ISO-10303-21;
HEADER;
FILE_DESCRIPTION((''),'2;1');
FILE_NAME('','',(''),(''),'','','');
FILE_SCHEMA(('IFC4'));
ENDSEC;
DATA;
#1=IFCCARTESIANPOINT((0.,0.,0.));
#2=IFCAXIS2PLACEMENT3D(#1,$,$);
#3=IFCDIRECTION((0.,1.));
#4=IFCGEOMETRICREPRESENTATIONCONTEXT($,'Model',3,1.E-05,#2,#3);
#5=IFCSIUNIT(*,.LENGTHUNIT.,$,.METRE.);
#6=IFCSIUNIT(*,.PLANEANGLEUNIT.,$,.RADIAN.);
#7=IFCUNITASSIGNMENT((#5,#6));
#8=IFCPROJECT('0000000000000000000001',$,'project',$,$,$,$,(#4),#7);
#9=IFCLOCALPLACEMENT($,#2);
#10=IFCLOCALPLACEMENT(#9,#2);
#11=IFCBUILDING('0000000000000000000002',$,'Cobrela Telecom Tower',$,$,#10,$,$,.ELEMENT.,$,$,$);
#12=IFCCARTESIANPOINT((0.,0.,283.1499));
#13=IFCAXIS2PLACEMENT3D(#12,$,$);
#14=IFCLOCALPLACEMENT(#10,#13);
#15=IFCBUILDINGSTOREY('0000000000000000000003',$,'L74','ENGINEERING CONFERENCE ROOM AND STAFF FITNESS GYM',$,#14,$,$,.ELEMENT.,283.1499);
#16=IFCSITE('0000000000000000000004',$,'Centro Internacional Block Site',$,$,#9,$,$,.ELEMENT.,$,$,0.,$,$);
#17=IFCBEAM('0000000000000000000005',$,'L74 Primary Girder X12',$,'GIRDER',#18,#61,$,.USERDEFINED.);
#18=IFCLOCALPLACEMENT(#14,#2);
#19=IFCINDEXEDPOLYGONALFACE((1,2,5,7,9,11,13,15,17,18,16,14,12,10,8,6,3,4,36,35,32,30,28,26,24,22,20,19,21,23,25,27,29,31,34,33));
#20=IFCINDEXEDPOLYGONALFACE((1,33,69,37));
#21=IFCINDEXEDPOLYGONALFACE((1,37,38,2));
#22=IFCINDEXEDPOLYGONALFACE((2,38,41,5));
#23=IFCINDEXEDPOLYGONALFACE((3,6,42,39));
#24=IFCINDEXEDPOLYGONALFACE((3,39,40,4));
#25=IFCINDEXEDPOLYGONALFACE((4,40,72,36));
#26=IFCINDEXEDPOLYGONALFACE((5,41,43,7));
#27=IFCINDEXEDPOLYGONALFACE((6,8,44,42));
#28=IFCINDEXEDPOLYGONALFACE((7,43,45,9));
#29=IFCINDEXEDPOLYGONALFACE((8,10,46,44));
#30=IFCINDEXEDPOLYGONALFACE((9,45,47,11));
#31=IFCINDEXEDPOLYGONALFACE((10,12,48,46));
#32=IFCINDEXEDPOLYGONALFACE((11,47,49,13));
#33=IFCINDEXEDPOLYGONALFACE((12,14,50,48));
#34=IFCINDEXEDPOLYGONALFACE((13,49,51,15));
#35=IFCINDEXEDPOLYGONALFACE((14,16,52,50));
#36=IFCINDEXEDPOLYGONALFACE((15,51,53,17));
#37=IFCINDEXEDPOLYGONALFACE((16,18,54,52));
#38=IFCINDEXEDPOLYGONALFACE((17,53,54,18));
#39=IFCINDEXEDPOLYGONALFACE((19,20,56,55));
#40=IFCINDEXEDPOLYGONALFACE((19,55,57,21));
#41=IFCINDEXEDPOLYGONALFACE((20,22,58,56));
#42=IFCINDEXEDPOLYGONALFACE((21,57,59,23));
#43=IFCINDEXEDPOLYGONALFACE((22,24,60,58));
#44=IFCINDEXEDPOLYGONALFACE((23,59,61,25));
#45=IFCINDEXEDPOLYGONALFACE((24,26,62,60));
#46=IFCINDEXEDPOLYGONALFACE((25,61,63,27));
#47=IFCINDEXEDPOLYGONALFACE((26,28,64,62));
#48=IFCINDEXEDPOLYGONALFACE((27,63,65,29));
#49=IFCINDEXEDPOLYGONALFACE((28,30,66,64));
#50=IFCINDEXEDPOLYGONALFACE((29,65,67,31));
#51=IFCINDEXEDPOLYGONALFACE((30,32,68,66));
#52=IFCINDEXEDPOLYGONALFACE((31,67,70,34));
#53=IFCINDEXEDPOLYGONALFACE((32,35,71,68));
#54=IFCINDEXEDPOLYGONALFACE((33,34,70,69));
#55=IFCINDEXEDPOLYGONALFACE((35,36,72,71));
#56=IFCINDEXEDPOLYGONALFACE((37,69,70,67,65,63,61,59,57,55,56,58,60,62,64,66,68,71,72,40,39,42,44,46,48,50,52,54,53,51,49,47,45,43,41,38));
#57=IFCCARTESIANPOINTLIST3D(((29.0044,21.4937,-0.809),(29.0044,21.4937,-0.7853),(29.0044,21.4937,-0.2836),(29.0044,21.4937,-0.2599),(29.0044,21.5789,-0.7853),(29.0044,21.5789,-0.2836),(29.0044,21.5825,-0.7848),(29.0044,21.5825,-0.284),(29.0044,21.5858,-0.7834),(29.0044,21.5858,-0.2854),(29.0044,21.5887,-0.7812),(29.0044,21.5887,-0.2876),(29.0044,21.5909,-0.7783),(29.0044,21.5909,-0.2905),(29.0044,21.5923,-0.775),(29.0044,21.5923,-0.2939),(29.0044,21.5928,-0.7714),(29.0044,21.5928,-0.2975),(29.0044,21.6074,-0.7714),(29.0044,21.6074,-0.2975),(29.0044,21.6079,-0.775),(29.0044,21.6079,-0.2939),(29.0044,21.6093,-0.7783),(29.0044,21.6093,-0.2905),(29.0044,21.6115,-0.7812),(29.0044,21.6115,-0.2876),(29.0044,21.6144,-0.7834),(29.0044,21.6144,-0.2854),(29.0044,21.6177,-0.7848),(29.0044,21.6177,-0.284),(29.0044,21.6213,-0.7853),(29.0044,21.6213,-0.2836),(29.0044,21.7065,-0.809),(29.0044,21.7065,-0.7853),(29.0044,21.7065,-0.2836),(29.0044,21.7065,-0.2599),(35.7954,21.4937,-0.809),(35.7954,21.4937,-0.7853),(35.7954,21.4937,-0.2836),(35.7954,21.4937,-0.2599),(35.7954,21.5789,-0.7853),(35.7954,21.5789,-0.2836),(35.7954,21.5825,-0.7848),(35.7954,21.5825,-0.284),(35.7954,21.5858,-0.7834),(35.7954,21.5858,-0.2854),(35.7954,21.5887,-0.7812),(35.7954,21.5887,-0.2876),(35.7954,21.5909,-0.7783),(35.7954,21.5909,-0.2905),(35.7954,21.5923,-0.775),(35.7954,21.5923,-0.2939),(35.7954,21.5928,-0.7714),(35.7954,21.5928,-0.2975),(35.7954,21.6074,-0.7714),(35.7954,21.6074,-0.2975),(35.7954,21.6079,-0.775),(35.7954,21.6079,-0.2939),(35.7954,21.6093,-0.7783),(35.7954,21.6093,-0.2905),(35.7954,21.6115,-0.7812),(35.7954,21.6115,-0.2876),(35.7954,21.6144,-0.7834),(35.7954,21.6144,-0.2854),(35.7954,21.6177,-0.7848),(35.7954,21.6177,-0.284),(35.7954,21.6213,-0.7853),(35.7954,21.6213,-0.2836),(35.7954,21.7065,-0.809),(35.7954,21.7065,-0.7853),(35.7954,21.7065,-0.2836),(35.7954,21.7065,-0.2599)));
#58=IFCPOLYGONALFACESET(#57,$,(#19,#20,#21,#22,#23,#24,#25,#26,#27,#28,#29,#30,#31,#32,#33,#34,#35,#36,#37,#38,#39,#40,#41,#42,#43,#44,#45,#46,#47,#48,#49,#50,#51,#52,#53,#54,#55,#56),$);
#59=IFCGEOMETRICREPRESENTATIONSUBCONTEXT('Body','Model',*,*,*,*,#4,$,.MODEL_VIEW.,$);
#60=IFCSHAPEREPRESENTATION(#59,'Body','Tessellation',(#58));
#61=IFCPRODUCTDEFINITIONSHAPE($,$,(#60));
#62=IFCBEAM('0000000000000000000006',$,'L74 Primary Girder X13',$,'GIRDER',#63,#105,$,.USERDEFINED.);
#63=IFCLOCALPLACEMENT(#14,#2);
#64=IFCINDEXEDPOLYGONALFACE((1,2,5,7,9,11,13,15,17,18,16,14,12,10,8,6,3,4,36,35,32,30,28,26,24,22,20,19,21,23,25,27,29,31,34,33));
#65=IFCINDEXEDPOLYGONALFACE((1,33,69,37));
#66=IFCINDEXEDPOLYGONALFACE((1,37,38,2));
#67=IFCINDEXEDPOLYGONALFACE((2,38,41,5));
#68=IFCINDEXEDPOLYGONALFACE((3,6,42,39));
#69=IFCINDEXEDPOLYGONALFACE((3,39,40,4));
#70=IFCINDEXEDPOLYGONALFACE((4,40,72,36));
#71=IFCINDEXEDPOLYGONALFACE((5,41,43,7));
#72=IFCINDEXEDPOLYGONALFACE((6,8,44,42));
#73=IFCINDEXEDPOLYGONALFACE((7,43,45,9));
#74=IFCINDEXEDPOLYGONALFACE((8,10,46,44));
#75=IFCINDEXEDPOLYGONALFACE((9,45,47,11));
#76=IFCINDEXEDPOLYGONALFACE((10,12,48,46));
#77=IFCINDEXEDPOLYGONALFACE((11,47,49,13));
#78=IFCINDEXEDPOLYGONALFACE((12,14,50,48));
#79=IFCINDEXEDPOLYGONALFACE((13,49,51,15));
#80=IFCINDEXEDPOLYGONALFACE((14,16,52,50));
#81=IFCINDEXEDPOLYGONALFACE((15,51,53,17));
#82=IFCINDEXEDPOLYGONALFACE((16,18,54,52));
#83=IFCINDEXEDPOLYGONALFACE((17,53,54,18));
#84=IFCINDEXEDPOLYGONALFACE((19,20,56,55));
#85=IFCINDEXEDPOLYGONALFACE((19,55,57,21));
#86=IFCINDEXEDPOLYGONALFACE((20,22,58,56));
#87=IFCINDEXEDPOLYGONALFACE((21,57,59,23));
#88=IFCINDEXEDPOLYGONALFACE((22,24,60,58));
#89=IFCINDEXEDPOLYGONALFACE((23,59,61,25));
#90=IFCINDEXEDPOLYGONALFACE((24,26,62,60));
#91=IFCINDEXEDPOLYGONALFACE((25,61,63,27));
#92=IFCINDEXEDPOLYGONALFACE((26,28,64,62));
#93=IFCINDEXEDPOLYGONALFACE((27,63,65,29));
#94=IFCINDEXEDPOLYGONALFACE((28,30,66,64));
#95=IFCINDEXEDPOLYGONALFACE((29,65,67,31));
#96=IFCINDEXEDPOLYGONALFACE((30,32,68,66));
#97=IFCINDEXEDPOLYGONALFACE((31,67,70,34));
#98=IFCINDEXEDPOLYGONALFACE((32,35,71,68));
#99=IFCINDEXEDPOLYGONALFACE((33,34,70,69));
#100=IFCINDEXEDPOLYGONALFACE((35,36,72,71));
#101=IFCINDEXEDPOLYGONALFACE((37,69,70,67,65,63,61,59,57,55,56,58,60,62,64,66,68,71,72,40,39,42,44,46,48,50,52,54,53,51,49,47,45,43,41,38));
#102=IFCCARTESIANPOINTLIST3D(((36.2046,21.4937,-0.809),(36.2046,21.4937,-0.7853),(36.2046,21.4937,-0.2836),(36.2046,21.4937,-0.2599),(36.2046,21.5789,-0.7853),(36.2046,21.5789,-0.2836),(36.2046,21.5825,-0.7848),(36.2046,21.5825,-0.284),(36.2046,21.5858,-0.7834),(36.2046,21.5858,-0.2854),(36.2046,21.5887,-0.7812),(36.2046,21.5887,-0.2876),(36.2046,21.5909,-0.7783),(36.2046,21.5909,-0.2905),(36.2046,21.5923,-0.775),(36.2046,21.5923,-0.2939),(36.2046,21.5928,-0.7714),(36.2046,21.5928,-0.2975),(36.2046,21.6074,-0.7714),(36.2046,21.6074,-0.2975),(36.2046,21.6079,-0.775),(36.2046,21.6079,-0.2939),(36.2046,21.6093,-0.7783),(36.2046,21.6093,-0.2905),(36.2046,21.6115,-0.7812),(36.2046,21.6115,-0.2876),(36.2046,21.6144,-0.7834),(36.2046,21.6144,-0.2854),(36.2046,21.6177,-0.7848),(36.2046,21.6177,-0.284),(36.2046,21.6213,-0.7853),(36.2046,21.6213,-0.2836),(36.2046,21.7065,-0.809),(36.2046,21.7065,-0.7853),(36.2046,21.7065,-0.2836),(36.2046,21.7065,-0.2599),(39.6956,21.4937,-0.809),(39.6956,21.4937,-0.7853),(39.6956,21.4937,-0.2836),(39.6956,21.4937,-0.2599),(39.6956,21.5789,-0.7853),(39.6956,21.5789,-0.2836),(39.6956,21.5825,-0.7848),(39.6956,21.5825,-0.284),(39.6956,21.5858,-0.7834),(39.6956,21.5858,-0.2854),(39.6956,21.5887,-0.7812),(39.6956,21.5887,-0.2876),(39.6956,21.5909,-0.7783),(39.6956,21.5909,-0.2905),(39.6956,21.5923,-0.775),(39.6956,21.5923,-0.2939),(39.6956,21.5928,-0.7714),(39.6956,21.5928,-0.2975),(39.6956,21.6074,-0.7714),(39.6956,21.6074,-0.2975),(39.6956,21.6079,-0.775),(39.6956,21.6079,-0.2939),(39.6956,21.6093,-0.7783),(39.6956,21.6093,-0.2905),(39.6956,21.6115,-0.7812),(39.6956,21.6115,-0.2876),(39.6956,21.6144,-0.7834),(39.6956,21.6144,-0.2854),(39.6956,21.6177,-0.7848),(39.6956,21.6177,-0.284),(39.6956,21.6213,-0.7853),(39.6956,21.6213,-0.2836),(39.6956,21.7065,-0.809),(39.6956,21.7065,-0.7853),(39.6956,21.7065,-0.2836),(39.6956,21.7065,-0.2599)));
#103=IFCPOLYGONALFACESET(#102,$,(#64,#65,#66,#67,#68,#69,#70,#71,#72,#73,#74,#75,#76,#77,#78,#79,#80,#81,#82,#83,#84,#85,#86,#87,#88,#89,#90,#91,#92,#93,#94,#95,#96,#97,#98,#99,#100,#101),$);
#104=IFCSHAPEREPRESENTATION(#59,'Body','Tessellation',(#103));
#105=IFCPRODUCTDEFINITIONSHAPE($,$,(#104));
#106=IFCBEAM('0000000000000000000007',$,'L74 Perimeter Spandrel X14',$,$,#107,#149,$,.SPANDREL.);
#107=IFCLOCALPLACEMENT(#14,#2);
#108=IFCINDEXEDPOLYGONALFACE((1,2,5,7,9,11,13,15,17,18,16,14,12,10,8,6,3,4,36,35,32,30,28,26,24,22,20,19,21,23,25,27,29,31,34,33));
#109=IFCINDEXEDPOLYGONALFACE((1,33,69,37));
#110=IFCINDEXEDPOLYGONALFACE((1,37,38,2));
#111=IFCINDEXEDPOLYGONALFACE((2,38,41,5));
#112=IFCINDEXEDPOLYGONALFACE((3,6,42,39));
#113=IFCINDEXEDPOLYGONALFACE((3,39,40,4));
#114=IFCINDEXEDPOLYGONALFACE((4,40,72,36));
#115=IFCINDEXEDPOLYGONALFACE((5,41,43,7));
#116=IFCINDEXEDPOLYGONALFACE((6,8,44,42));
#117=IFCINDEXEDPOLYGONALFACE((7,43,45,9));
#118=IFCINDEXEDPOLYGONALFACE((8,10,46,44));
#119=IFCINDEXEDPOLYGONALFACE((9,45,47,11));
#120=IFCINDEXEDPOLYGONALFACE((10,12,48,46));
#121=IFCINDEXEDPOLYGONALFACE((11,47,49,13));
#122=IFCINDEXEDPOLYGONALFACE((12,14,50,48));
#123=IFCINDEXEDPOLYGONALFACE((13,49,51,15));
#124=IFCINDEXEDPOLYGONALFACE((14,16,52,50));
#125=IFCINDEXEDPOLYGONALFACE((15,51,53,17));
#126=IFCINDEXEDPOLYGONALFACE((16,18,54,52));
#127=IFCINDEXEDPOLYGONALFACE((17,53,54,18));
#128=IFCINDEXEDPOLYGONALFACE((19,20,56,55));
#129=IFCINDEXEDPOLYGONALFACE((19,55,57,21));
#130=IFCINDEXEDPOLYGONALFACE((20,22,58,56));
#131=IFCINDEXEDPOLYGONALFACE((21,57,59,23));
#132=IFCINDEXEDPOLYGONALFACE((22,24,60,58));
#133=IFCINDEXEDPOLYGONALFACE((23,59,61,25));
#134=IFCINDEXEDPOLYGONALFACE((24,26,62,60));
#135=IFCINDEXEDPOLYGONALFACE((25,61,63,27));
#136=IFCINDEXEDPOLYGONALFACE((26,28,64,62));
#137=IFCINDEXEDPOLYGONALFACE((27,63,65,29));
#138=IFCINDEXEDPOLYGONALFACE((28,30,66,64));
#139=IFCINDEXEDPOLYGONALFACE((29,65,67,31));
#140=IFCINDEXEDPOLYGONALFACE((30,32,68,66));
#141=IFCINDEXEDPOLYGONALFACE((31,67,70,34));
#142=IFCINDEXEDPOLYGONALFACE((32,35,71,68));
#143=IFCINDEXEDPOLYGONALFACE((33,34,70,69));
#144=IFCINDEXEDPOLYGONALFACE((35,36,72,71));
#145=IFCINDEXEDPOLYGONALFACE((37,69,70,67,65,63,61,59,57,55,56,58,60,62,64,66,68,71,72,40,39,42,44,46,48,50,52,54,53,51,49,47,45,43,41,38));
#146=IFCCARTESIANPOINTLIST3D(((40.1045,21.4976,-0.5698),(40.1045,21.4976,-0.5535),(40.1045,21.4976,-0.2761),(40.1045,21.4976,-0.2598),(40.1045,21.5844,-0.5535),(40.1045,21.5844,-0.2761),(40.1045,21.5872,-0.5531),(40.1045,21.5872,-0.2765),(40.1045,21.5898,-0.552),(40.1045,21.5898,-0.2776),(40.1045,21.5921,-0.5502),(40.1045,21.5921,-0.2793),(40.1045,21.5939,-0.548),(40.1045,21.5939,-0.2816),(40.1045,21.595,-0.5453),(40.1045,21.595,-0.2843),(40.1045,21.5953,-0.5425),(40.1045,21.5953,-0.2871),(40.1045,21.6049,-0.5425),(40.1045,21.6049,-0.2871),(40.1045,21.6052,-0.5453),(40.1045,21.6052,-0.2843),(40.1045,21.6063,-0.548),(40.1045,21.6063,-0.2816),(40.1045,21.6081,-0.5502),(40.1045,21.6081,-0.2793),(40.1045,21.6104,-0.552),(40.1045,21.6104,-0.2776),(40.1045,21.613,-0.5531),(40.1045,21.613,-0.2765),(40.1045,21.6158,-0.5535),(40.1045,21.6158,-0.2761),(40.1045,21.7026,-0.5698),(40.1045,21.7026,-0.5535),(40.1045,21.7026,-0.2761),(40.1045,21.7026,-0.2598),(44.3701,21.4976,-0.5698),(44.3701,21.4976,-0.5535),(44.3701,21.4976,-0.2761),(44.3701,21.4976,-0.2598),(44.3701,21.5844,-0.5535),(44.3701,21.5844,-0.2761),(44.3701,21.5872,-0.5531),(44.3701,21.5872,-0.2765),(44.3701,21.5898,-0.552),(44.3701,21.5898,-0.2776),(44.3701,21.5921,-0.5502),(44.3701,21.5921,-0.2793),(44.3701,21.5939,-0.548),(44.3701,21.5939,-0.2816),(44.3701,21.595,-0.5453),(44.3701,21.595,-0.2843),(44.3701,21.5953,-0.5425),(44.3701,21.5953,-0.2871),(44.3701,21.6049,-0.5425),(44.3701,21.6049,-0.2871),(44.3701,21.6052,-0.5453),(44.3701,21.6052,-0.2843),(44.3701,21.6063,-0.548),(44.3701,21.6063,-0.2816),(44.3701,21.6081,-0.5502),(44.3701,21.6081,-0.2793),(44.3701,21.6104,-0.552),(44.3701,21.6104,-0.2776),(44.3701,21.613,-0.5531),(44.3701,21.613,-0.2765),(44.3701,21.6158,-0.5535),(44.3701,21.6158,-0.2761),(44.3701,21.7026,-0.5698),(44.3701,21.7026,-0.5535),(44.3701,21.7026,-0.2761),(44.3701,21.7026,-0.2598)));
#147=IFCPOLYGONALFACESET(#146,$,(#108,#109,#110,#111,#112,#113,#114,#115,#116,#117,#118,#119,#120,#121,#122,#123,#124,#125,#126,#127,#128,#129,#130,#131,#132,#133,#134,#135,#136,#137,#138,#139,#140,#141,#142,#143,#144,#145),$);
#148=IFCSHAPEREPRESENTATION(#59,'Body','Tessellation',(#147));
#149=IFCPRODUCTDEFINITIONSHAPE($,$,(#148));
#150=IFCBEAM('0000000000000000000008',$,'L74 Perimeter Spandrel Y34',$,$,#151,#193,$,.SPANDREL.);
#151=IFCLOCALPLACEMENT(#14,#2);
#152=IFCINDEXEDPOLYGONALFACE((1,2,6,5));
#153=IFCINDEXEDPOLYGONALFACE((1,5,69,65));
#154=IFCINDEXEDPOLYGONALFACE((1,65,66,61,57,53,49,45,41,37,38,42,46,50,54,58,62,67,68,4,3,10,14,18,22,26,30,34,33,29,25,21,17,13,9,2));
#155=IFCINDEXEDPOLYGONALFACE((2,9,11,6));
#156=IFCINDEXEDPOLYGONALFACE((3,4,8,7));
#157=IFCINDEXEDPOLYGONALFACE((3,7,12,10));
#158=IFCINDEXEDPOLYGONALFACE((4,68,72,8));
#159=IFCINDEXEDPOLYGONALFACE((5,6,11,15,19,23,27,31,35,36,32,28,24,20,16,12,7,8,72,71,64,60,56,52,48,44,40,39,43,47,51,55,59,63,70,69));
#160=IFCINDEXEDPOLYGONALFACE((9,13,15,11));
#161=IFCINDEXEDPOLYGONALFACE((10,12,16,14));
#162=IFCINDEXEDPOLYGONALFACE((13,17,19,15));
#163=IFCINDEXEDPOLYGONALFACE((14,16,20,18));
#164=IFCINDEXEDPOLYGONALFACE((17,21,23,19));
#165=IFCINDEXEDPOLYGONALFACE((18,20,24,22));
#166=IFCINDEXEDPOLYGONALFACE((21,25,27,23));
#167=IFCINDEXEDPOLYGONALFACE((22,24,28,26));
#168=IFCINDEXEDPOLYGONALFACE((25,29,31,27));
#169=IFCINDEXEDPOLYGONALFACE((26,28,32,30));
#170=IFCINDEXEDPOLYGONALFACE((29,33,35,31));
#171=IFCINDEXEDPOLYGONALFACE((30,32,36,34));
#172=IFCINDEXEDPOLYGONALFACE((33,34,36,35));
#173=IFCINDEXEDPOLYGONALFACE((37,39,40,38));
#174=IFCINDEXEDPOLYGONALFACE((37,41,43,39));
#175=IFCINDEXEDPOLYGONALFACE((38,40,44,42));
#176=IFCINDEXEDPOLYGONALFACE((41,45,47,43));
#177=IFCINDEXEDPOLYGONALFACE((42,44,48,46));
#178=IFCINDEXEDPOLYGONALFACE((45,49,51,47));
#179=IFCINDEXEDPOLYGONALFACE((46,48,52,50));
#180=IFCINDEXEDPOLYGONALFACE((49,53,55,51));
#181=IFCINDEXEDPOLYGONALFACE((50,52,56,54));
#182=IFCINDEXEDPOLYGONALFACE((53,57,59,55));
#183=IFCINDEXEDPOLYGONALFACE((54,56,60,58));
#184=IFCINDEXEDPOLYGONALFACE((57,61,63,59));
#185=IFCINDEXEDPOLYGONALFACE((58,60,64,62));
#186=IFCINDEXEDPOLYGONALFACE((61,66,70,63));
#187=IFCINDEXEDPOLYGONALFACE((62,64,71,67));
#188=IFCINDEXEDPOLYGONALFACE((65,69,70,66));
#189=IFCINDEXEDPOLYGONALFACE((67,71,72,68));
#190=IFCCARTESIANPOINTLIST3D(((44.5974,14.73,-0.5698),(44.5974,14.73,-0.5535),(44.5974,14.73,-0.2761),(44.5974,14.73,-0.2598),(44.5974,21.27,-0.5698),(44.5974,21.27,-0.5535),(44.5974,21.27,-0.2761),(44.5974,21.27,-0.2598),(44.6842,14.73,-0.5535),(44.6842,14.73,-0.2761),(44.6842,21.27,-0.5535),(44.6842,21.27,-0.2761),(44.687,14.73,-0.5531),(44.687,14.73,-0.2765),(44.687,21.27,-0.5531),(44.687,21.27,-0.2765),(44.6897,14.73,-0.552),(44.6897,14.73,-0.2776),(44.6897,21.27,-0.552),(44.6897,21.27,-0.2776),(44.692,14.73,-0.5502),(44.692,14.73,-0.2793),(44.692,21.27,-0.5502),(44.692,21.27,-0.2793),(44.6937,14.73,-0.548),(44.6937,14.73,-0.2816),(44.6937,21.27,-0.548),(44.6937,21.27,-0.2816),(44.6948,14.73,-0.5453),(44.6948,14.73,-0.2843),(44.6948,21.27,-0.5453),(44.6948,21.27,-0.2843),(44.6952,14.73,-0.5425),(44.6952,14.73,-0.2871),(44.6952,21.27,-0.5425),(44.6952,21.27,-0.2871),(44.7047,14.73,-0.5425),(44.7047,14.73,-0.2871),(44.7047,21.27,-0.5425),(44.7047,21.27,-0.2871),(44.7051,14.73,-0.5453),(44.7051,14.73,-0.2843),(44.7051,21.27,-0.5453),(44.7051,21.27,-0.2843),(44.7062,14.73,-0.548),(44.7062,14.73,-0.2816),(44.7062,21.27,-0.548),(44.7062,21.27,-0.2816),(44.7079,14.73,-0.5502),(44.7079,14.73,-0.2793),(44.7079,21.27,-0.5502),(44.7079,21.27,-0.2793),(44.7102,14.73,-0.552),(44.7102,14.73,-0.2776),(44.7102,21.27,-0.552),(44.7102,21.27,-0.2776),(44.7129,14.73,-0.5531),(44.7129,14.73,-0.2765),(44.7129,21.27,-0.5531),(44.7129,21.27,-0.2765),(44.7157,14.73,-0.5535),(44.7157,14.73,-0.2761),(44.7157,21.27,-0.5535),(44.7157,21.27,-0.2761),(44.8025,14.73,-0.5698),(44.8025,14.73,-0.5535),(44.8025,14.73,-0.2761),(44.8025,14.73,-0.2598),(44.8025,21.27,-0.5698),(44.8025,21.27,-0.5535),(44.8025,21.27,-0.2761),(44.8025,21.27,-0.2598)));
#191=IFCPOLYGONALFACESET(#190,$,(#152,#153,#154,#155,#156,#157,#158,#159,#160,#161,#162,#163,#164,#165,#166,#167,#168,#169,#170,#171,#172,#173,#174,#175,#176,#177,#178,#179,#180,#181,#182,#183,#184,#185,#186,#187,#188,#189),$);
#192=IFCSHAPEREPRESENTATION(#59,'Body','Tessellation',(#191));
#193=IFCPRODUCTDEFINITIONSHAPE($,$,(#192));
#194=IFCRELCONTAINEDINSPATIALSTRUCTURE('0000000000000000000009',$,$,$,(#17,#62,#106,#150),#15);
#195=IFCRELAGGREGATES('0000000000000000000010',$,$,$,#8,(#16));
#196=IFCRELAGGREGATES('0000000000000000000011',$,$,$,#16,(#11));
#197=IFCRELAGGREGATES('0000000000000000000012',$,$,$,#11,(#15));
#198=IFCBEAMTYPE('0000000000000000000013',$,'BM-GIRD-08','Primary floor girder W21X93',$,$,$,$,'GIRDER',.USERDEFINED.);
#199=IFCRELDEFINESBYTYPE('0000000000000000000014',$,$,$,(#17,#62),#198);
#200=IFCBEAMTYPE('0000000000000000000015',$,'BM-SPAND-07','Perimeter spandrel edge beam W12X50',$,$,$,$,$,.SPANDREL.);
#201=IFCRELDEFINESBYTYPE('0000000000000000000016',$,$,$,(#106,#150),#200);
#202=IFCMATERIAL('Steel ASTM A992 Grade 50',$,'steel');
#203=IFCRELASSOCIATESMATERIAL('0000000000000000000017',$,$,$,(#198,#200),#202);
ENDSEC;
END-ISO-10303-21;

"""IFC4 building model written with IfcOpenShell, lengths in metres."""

from ifc_helpers import new_model, si_unit, direction, frame, origin, origin_2d, place, context, subcontext, project, spatial, i_section, extrude, material, material_profile, profile_set, type_object, element, save


model = new_model("IFC4")

# Units and contexts
model_context = context("Model", 3, precision=1e-05, world=origin(), true_north=direction((0.0, 1.0)))
body_context = subcontext(model_context, "Body", "Model", "MODEL_VIEW")
ifc_project = project(units=[si_unit("LENGTHUNIT", "METRE"), si_unit("PLANEANGLEUNIT", "RADIAN")], contexts=[model_context])

# Site, building, storey
site_placement = place(None, origin())
site = spatial("IfcSite", under=ifc_project, at=site_placement, Name="Centro Internacional Block Site", CompositionType="ELEMENT", RefElevation=0.0)
building_placement = place(site_placement, origin())
building = spatial("IfcBuilding", under=site, at=building_placement, Name="Cobrela Telecom Tower", CompositionType="ELEMENT")
storey_placement = place(building_placement, frame((0.0, 0.0, 283.1499)))
storey = spatial("IfcBuildingStorey", under=building, at=storey_placement, Name="L74", Description="ENGINEERING CONFERENCE ROOM AND STAFF FITNESS GYM", CompositionType="ELEMENT", Elevation=283.1499)

# Shared definitions
ifc_material_1 = material(Name="Steel ASTM A992 Grade 50", Category="steel")

# Beams
ifc_material_profile_1 = material_profile(ifc_material_1, i_section(OverallWidth=0.2129, OverallDepth=0.5491, WebThickness=0.0146, FlangeThickness=0.0237, FilletRadius=0.0139, at=origin_2d()), Name="W21X93")
ifc_profile_set_1 = profile_set([ifc_material_profile_1], Name="Steel ASTM A992 Grade 50")
beam_type_1 = type_object("IfcBeamType", Name="BM-GIRD-08", Description="Primary floor girder W21X93", ElementType="GIRDER", PredefinedType="USERDEFINED", material=ifc_profile_set_1)
beam_1_placement = place(storey_placement, frame((29.0044, 21.6001, -0.5344), z_axis=(1.0, 0.0, 0.0), x_axis=(0.0, 1.0, 0.0)))
element("IfcBeam", 1, at=beam_1_placement, inside=storey, type_object=beam_type_1, Name="L74 Primary Girder X12", ObjectType="GIRDER", PredefinedType="USERDEFINED", context=body_context, shape_type="SweptSolid", body=[
    extrude(i_section(OverallWidth=0.2129, OverallDepth=0.5491, WebThickness=0.0146, FlangeThickness=0.0237, FilletRadius=0.0139, at=origin_2d()), origin(), (0.0, 0.0, 1.0), 6.791),
])
beam_2_placement = place(storey_placement, frame((36.2046, 21.6001, -0.5344), z_axis=(1.0, 0.0, 0.0), x_axis=(0.0, 1.0, 0.0)))
element("IfcBeam", 2, at=beam_2_placement, inside=storey, type_object=beam_type_1, Name="L74 Primary Girder X13", ObjectType="GIRDER", PredefinedType="USERDEFINED", context=body_context, shape_type="SweptSolid", body=[
    extrude(i_section(OverallWidth=0.2129, OverallDepth=0.5491, WebThickness=0.0146, FlangeThickness=0.0237, FilletRadius=0.0139, at=origin_2d()), origin(), (0.0, 0.0, 1.0), 3.491),
])
ifc_material_profile_2 = material_profile(ifc_material_1, i_section(OverallWidth=0.2051, OverallDepth=0.3101, WebThickness=0.0095, FlangeThickness=0.0164, FilletRadius=0.011, at=origin_2d()), Name="W12X50")
ifc_profile_set_2 = profile_set([ifc_material_profile_2], Name="Steel ASTM A992 Grade 50")
beam_type_2 = type_object("IfcBeamType", Name="BM-SPAND-07", Description="Perimeter spandrel edge beam W12X50", PredefinedType="SPANDREL", material=ifc_profile_set_2)
beam_3_placement = place(storey_placement, frame((40.1045, 21.6001, -0.4148), z_axis=(1.0, 0.0, 0.0), x_axis=(0.0, 1.0, 0.0)))
element("IfcBeam", 3, at=beam_3_placement, inside=storey, type_object=beam_type_2, Name="L74 Perimeter Spandrel X14", PredefinedType="SPANDREL", context=body_context, shape_type="SweptSolid", body=[
    extrude(i_section(OverallWidth=0.2051, OverallDepth=0.3101, WebThickness=0.0095, FlangeThickness=0.0164, FilletRadius=0.011, at=origin_2d()), origin(), (0.0, 0.0, 1.0), 4.2656),
])
beam_4_placement = place(storey_placement, frame((44.7, 14.73, -0.4148), z_axis=(0.0, 1.0, 0.0), x_axis=(-1.0, 0.0, 0.0)))
element("IfcBeam", 4, at=beam_4_placement, inside=storey, type_object=beam_type_2, Name="L74 Perimeter Spandrel Y34", PredefinedType="SPANDREL", context=body_context, shape_type="SweptSolid", body=[
    extrude(i_section(OverallWidth=0.2051, OverallDepth=0.3101, WebThickness=0.0095, FlangeThickness=0.0164, FilletRadius=0.011, at=origin_2d()), origin(), (0.0, 0.0, 1.0), 6.54),
])

save(model, "model.ifc")
